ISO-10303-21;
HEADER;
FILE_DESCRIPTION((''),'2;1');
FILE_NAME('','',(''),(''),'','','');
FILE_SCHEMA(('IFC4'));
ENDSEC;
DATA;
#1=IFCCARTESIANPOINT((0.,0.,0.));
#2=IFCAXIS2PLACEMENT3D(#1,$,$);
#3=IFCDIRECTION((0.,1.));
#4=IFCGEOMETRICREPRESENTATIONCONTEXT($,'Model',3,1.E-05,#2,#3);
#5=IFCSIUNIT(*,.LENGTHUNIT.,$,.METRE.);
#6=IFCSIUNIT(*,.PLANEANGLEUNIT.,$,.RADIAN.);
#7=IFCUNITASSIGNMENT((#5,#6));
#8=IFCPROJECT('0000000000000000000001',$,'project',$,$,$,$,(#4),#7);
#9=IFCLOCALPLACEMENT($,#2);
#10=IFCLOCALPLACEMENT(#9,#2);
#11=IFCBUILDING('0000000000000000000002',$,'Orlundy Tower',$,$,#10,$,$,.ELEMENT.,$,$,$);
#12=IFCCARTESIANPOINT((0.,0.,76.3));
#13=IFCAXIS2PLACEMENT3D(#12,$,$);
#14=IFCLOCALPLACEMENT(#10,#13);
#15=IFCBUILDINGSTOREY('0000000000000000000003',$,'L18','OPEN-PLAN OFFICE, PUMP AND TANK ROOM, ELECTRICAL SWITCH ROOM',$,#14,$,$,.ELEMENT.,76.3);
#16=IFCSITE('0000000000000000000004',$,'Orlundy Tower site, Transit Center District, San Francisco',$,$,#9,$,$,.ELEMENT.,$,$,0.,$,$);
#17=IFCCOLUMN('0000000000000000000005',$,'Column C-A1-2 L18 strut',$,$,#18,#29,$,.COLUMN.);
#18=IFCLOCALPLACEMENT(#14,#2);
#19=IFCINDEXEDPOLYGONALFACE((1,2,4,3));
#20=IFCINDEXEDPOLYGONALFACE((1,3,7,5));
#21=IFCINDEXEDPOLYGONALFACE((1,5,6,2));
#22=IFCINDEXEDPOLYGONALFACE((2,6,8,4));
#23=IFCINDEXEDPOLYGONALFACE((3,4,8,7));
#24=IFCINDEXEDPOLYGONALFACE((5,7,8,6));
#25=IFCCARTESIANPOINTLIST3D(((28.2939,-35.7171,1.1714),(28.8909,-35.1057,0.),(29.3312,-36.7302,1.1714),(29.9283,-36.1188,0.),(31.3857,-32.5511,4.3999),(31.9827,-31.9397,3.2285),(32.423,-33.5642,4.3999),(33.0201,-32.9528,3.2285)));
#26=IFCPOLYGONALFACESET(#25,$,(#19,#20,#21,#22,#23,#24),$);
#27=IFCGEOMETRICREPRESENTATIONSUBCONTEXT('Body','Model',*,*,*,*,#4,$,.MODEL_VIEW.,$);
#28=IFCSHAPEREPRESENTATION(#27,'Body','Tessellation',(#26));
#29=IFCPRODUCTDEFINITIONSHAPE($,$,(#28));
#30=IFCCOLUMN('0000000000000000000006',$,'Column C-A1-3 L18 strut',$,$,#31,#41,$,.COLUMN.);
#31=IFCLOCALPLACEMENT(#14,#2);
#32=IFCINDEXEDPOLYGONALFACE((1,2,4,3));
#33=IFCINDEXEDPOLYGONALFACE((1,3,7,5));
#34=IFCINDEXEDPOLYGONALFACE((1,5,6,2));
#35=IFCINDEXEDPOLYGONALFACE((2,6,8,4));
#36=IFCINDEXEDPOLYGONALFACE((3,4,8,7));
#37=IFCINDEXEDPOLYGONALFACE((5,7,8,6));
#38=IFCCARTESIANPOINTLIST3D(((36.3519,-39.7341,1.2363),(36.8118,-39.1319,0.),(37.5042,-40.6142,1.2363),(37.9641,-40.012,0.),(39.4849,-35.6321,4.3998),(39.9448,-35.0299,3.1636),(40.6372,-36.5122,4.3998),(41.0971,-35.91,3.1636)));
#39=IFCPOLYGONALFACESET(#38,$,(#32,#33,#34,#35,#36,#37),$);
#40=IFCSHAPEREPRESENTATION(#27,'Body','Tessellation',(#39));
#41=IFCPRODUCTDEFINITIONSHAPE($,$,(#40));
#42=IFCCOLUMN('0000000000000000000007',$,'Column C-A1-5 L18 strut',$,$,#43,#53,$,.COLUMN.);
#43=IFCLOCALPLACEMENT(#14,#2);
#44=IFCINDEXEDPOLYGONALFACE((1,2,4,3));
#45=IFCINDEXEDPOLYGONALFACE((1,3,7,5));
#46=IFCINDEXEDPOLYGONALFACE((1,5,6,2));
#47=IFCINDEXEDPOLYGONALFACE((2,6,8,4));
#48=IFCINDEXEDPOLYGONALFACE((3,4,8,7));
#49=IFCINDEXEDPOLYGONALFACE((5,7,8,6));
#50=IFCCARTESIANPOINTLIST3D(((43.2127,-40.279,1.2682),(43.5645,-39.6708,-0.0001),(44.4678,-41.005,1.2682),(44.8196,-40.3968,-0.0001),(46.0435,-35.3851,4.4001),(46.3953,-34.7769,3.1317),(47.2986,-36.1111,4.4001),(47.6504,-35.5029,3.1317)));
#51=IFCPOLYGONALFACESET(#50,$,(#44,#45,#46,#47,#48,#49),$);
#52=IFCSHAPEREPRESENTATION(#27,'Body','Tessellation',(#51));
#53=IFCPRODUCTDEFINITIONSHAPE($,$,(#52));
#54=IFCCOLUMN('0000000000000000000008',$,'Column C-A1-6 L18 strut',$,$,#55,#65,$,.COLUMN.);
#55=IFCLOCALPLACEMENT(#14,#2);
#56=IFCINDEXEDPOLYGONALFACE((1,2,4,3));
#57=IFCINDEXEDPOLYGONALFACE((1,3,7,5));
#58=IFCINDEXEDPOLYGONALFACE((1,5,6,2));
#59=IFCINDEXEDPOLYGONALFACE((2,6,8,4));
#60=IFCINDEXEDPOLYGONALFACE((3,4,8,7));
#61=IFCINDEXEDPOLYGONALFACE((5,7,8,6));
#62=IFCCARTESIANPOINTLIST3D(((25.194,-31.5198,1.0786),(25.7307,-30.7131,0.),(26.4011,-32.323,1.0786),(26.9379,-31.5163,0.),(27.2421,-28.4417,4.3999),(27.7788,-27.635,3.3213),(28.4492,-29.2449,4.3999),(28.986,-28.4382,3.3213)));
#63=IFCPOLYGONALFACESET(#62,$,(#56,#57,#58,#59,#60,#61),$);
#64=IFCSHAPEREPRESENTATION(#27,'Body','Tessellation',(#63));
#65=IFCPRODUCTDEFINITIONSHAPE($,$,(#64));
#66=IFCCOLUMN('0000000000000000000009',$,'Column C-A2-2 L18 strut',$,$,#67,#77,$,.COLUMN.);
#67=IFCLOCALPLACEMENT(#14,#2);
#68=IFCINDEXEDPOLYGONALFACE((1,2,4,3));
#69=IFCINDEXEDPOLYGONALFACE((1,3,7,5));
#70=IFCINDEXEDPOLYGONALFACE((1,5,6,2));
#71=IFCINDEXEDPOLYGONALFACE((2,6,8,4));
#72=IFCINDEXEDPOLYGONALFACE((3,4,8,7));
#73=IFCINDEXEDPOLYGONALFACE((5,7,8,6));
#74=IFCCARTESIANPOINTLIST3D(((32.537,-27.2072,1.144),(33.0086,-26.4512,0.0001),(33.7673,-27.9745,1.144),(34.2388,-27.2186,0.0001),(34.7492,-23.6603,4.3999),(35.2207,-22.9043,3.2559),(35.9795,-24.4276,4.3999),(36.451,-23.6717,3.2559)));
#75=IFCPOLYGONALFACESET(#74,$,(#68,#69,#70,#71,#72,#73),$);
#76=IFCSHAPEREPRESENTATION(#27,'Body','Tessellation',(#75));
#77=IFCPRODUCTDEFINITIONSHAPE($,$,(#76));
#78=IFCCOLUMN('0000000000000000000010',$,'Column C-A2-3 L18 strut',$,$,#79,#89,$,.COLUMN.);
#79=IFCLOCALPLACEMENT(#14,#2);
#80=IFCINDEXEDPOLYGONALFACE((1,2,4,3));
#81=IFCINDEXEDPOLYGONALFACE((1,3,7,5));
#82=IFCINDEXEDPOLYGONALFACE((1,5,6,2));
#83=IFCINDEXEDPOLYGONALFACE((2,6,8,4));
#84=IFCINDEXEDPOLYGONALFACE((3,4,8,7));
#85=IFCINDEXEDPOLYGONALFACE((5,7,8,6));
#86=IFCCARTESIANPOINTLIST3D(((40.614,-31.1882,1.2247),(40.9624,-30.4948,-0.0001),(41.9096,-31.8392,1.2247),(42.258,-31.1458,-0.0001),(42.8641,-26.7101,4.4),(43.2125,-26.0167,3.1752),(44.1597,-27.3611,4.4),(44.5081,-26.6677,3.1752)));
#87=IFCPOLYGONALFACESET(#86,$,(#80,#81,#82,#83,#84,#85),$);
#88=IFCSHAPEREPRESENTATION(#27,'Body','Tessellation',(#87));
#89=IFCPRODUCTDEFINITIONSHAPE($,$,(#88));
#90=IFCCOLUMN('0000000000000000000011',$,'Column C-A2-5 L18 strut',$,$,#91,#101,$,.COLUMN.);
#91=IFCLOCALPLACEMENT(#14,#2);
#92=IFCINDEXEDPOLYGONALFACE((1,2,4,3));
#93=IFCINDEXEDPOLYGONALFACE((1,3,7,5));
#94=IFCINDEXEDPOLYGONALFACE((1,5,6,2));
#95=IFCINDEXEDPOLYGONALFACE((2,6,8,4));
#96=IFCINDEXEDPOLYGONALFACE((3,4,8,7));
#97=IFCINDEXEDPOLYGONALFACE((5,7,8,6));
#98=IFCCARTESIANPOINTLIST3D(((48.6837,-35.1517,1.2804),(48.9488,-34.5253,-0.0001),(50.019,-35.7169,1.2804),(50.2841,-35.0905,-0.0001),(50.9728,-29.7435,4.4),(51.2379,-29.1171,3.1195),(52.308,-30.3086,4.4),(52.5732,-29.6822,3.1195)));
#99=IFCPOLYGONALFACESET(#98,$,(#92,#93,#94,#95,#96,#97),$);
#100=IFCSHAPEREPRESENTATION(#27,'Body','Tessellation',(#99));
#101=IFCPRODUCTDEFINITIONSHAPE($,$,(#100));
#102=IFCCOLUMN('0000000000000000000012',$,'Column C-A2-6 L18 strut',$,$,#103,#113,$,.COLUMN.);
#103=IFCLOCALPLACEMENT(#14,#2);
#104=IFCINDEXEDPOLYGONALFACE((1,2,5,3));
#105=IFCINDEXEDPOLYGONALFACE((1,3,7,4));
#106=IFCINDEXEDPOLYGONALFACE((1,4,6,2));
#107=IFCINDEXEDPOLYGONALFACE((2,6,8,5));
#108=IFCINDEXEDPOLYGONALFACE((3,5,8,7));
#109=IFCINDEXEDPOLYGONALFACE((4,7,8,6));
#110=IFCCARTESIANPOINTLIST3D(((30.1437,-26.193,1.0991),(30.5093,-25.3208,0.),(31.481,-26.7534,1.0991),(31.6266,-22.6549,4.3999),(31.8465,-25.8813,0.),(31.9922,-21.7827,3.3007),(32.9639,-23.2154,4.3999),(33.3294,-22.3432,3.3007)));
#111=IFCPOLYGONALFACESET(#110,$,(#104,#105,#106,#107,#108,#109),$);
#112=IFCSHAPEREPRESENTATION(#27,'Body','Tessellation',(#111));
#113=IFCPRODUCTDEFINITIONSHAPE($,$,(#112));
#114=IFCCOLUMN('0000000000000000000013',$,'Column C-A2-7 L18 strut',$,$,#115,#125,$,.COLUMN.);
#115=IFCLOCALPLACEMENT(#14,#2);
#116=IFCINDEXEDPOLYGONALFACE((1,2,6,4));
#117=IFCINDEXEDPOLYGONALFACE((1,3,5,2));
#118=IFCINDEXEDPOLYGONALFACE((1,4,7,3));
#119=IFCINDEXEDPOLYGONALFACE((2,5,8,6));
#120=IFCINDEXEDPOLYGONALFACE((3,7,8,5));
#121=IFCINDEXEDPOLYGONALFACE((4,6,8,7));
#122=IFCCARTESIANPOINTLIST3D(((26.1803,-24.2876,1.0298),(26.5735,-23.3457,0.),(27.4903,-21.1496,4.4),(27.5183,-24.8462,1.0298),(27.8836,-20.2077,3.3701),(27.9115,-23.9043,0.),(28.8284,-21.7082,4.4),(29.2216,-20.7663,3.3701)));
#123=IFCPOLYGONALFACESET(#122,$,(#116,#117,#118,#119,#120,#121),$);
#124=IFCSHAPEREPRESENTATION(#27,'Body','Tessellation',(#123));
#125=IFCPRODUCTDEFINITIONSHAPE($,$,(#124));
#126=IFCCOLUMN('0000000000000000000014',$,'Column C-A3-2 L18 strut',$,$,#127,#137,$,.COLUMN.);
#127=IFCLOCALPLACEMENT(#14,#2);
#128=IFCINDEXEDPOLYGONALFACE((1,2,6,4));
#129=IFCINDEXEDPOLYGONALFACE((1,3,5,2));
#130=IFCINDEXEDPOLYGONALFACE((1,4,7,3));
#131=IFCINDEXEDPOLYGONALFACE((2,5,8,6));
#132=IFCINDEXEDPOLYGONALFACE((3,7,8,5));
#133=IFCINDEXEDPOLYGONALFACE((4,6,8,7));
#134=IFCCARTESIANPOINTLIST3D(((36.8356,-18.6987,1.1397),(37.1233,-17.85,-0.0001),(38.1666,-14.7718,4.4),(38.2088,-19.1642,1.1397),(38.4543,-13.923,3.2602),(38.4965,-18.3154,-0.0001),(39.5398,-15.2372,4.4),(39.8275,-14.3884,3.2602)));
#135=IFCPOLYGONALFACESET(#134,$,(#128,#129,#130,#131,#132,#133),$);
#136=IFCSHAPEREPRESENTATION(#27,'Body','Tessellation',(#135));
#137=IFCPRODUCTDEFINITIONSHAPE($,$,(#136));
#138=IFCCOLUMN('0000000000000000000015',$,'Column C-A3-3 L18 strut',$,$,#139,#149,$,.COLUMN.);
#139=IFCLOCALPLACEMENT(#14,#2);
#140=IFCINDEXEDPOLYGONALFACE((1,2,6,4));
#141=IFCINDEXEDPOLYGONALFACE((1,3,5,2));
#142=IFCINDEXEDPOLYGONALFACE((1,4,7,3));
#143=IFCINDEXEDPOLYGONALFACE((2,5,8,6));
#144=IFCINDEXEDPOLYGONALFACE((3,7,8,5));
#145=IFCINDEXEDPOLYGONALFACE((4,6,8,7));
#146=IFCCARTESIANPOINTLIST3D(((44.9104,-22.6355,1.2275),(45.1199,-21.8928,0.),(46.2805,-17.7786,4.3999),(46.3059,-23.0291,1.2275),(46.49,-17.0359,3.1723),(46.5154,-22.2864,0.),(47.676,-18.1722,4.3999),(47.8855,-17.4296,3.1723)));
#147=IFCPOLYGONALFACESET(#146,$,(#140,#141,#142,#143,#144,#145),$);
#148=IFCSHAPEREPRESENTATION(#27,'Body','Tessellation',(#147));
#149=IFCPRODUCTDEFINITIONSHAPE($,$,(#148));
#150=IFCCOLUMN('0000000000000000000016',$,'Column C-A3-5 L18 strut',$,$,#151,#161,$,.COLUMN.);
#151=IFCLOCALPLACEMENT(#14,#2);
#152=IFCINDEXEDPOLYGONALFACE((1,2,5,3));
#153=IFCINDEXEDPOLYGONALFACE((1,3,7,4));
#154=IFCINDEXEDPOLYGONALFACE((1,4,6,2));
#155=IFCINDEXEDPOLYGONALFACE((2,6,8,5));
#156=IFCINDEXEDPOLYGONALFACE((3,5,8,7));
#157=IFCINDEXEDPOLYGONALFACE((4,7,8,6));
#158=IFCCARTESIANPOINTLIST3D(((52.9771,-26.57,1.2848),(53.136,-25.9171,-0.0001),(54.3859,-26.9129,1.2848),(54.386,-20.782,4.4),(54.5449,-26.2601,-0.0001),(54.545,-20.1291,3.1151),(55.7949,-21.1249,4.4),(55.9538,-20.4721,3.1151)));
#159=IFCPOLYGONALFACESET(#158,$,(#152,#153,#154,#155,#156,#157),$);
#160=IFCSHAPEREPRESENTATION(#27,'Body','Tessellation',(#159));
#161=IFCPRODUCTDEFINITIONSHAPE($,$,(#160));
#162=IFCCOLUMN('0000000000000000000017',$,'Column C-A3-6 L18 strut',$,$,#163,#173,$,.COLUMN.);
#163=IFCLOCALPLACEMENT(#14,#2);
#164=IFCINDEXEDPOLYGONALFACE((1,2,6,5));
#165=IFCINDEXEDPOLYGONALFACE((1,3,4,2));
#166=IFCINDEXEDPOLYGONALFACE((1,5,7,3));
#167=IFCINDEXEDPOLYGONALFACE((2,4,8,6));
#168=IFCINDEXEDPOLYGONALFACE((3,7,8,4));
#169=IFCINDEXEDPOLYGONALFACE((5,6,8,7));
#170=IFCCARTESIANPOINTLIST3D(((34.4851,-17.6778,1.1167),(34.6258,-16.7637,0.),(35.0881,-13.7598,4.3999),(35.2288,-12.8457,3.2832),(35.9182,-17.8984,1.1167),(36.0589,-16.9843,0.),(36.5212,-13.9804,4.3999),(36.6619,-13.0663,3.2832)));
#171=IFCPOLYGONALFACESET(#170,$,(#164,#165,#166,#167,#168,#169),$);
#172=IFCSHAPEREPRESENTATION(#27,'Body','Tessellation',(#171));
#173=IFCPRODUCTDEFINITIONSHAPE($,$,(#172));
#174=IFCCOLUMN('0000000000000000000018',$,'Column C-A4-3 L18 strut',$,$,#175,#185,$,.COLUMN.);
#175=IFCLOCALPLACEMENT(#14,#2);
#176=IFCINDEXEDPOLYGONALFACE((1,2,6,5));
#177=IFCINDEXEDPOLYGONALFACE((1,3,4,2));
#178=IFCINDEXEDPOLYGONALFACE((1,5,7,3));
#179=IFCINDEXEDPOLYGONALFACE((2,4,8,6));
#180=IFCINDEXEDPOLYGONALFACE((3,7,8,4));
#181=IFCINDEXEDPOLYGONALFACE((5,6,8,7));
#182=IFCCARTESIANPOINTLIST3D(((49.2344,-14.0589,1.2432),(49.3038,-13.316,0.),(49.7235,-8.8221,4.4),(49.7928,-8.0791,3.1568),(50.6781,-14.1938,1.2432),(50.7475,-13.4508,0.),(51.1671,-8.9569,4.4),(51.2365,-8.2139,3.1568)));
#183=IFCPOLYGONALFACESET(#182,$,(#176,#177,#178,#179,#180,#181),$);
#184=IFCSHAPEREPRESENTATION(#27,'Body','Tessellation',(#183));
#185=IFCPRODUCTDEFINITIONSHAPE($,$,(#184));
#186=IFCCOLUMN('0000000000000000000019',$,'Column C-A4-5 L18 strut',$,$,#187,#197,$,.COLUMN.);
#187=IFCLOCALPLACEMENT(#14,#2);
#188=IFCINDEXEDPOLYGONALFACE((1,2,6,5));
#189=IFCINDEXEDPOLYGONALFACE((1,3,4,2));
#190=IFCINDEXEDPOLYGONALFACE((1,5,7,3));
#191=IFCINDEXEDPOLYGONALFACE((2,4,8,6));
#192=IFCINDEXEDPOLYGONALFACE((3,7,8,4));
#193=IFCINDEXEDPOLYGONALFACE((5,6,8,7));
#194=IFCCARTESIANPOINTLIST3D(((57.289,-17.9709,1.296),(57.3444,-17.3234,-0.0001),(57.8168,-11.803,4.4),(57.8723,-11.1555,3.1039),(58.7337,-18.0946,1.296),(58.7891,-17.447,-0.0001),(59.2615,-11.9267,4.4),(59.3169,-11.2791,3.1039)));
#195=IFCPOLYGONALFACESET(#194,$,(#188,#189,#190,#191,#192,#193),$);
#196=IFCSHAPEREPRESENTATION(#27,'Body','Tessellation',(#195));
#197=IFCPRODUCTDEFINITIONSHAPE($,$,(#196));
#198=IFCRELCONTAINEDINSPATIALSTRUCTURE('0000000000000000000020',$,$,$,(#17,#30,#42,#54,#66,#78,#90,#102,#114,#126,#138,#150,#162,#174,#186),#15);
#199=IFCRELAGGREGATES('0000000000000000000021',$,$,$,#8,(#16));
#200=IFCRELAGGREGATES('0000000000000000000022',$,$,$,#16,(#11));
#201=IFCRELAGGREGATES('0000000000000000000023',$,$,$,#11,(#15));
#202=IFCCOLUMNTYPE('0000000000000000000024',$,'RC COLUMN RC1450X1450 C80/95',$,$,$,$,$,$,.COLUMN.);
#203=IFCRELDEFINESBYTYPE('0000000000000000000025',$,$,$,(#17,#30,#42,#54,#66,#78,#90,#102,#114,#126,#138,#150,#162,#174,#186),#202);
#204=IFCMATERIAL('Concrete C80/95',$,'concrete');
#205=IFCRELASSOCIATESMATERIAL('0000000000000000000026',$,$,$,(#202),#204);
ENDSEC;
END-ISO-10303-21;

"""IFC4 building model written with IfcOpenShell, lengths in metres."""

from ifc_helpers import new_model, si_unit, direction, frame, origin, origin_2d, place, context, subcontext, project, spatial, rectangle, extrude, material, material_profile, profile_set, type_object, element, save


model = new_model("IFC4")

# Units and contexts
model_context = context("Model", 3, precision=1e-05, world=origin(), true_north=direction((0.0, 1.0)))
body_context = subcontext(model_context, "Body", "Model", "MODEL_VIEW")
ifc_project = project(units=[si_unit("LENGTHUNIT", "METRE"), si_unit("PLANEANGLEUNIT", "RADIAN")], contexts=[model_context])

# Site, building, storey
site_placement = place(None, origin())
site = spatial("IfcSite", under=ifc_project, at=site_placement, Name="Orlundy Tower site, Transit Center District, San Francisco", CompositionType="ELEMENT", RefElevation=0.0)
building_placement = place(site_placement, origin())
building = spatial("IfcBuilding", under=site, at=building_placement, Name="Orlundy Tower", CompositionType="ELEMENT")
storey_placement = place(building_placement, frame((0.0, 0.0, 76.3)))
storey = spatial("IfcBuildingStorey", under=building, at=storey_placement, Name="L18", Description="OPEN-PLAN OFFICE, PUMP AND TANK ROOM, ELECTRICAL SWITCH ROOM", CompositionType="ELEMENT", Elevation=76.3)

# Columns
ifc_material_1 = material(Name="Concrete C80/95", Category="concrete")
ifc_material_profile_1 = material_profile(ifc_material_1, rectangle(XDim=1.45, YDim=1.45, at=origin_2d()), Name="RC1450X1450")
ifc_profile_set_1 = profile_set([ifc_material_profile_1], Name="Concrete C80/95")
column_type = type_object("IfcColumnType", Name="RC COLUMN RC1450X1450 C80/95", PredefinedType="COLUMN", material=ifc_profile_set_1)
column_1_placement = place(storey_placement, frame((29.1111, -35.918, 0.5857), z_axis=(0.564424, 0.577973, 0.589383), x_axis=(-0.715443, 0.698671, 0.0)))
element("IfcColumn", 1, at=column_1_placement, inside=storey, type_object=column_type, Name="Column C-A1-2 L18 strut", PredefinedType="COLUMN", context=body_context, shape_type="SweptSolid", body=[
    extrude(rectangle(XDim=1.45, YDim=1.45, at=origin_2d()), origin(), (0.0, 0.0, 1.0), 5.4778),
])
column_2_placement = place(storey_placement, frame((37.158, -39.873, 0.6182), z_axis=(0.517517, 0.677576, 0.522558), x_axis=(-0.794713, 0.606985, 0.0)))
element("IfcColumn", 2, at=column_2_placement, inside=storey, type_object=column_type, Name="Column C-A1-3 L18 strut", PredefinedType="COLUMN", context=body_context, shape_type="SweptSolid", body=[
    extrude(rectangle(XDim=1.45, YDim=1.45, at=origin_2d()), origin(), (0.0, 0.0, 1.0), 6.054),
])
column_3_placement = place(storey_placement, frame((44.0161, -40.3379, 0.634), z_axis=(0.437998, 0.757195, 0.484575), x_axis=(-0.865613, 0.500713, 0.0)))
element("IfcColumn", 3, at=column_3_placement, inside=storey, type_object=column_type, Name="Column C-A1-5 L18 strut", PredefinedType="COLUMN", context=body_context, shape_type="SweptSolid", body=[
    extrude(rectangle(XDim=1.45, YDim=1.45, at=origin_2d()), origin(), (0.0, 0.0, 1.0), 6.4631),
])
column_4_placement = place(storey_placement, frame((26.0659, -31.5181, 0.5393), z_axis=(0.412095, 0.619346, 0.668273), x_axis=(-0.832548, 0.553953, 0.0)))
element("IfcColumn", 4, at=column_4_placement, inside=storey, type_object=column_type, Name="Column C-A1-6 L18 strut", PredefinedType="COLUMN", context=body_context, shape_type="SweptSolid", body=[
    extrude(rectangle(XDim=1.45, YDim=1.45, at=origin_2d()), origin(), (0.0, 0.0, 1.0), 4.97),
])
column_5_placement = place(storey_placement, frame((33.3879, -27.2129, 0.572), z_axis=(0.417503, 0.669405, 0.614482), x_axis=(-0.848497, 0.529201, 0.0)))
element("IfcColumn", 5, at=column_5_placement, inside=storey, type_object=column_type, Name="Column C-A2-2 L18 strut", PredefinedType="COLUMN", context=body_context, shape_type="SweptSolid", body=[
    extrude(rectangle(XDim=1.45, YDim=1.45, at=origin_2d()), origin(), (0.0, 0.0, 1.0), 5.2986),
])
column_6_placement = place(storey_placement, frame((41.436, -31.167, 0.6123), z_axis=(0.37925, 0.754796, 0.535213), x_axis=(-0.893549, 0.448967, 0.0)))
element("IfcColumn", 6, at=column_6_placement, inside=storey, type_object=column_type, Name="Column C-A2-3 L18 strut", PredefinedType="COLUMN", context=body_context, shape_type="SweptSolid", body=[
    extrude(rectangle(XDim=1.45, YDim=1.45, at=origin_2d()), origin(), (0.0, 0.0, 1.0), 5.9329),
])
column_7_placement = place(storey_placement, frame((49.4839, -35.1211, 0.6401), z_axis=(0.344228, 0.813282, 0.469127), x_axis=(-0.920908, 0.389781, 0.0)))
element("IfcColumn", 7, at=column_7_placement, inside=storey, type_object=column_type, Name="Column C-A2-5 L18 strut", PredefinedType="COLUMN", context=body_context, shape_type="SweptSolid", body=[
    extrude(rectangle(XDim=1.45, YDim=1.45, at=origin_2d()), origin(), (0.0, 0.0, 1.0), 6.6499),
])
column_8_placement = place(storey_placement, frame((30.9951, -26.0371, 0.5496), z_axis=(0.293016, 0.699109, 0.652218), x_axis=(-0.922269, 0.386549, 0.0)))
element("IfcColumn", 8, at=column_8_placement, inside=storey, type_object=column_type, Name="Column C-A2-6 L18 strut", PredefinedType="COLUMN", context=body_context, shape_type="SweptSolid", body=[
    extrude(rectangle(XDim=1.45, YDim=1.45, at=origin_2d()), origin(), (0.0, 0.0, 1.0), 5.0608),
])
column_9_placement = place(storey_placement, frame((27.0459, -24.0959, 0.5149), z_axis=(0.273639, 0.655438, 0.703934), x_axis=(-0.922807, 0.385263, 0.0)))
element("IfcColumn", 9, at=column_9_placement, inside=storey, type_object=column_type, Name="Column C-A2-7 L18 strut", PredefinedType="COLUMN", context=body_context, shape_type="SweptSolid", body=[
    extrude(rectangle(XDim=1.45, YDim=1.45, at=origin_2d()), origin(), (0.0, 0.0, 1.0), 4.7876),
])
column_10_placement = place(storey_placement, frame((37.666, -18.5071, 0.5698), z_axis=(0.252348, 0.7445, 0.618094), x_axis=(-0.947076, 0.321011, 0.0)))
element("IfcColumn", 10, at=column_10_placement, inside=storey, type_object=column_type, Name="Column C-A3-2 L18 strut", PredefinedType="COLUMN", context=body_context, shape_type="SweptSolid", body=[
    extrude(rectangle(XDim=1.45, YDim=1.45, at=origin_2d()), origin(), (0.0, 0.0, 1.0), 5.2747),
])
column_11_placement = place(storey_placement, frame((45.7129, -22.4609, 0.6138), z_axis=(0.229855, 0.814815, 0.532206), x_axis=(-0.962439, 0.271499, 0.0)))
element("IfcColumn", 11, at=column_11_placement, inside=storey, type_object=column_type, Name="Column C-A3-3 L18 strut", PredefinedType="COLUMN", context=body_context, shape_type="SweptSolid", body=[
    extrude(rectangle(XDim=1.45, YDim=1.45, at=origin_2d()), origin(), (0.0, 0.0, 1.0), 5.9607),
])
column_12_placement = place(storey_placement, frame((53.761, -26.415, 0.6423), z_axis=(0.209586, 0.861005, 0.463406), x_axis=(-0.971628, 0.236514, 0.0)))
element("IfcColumn", 12, at=column_12_placement, inside=storey, type_object=column_type, Name="Column C-A3-5 L18 strut", PredefinedType="COLUMN", context=body_context, shape_type="SweptSolid", body=[
    extrude(rectangle(XDim=1.45, YDim=1.45, at=origin_2d()), origin(), (0.0, 0.0, 1.0), 6.7224),
])
column_13_placement = place(storey_placement, frame((35.272, -17.3311, 0.5583), z_axis=(0.117157, 0.761186, 0.637863), x_axis=(-0.988362, 0.152122, 0.0)))
element("IfcColumn", 13, at=column_13_placement, inside=storey, type_object=column_type, Name="Column C-A3-6 L18 strut", PredefinedType="COLUMN", context=body_context, shape_type="SweptSolid", body=[
    extrude(rectangle(XDim=1.45, YDim=1.45, at=origin_2d()), origin(), (0.0, 0.0, 1.0), 5.1472),
])
column_14_placement = place(storey_placement, frame((49.991, -13.7549, 0.6216), z_axis=(0.079719, 0.853708, 0.514613), x_axis=(-0.995668, 0.092975, 0.0)))
element("IfcColumn", 14, at=column_14_placement, inside=storey, type_object=column_type, Name="Column C-A4-3 L18 strut", PredefinedType="COLUMN", context=body_context, shape_type="SweptSolid", body=[
    extrude(rectangle(XDim=1.45, YDim=1.45, at=origin_2d()), origin(), (0.0, 0.0, 1.0), 6.1343),
])
column_15_placement = place(storey_placement, frame((58.0391, -17.709, 0.6479), z_axis=(0.07622, 0.890666, 0.448224), x_axis=(-0.996358, 0.085265, 0.0)))
element("IfcColumn", 15, at=column_15_placement, inside=storey, type_object=column_type, Name="Column C-A4-5 L18 strut", PredefinedType="COLUMN", context=body_context, shape_type="SweptSolid", body=[
    extrude(rectangle(XDim=1.45, YDim=1.45, at=origin_2d()), origin(), (0.0, 0.0, 1.0), 6.925),
])

save(model, "model.ifc")
